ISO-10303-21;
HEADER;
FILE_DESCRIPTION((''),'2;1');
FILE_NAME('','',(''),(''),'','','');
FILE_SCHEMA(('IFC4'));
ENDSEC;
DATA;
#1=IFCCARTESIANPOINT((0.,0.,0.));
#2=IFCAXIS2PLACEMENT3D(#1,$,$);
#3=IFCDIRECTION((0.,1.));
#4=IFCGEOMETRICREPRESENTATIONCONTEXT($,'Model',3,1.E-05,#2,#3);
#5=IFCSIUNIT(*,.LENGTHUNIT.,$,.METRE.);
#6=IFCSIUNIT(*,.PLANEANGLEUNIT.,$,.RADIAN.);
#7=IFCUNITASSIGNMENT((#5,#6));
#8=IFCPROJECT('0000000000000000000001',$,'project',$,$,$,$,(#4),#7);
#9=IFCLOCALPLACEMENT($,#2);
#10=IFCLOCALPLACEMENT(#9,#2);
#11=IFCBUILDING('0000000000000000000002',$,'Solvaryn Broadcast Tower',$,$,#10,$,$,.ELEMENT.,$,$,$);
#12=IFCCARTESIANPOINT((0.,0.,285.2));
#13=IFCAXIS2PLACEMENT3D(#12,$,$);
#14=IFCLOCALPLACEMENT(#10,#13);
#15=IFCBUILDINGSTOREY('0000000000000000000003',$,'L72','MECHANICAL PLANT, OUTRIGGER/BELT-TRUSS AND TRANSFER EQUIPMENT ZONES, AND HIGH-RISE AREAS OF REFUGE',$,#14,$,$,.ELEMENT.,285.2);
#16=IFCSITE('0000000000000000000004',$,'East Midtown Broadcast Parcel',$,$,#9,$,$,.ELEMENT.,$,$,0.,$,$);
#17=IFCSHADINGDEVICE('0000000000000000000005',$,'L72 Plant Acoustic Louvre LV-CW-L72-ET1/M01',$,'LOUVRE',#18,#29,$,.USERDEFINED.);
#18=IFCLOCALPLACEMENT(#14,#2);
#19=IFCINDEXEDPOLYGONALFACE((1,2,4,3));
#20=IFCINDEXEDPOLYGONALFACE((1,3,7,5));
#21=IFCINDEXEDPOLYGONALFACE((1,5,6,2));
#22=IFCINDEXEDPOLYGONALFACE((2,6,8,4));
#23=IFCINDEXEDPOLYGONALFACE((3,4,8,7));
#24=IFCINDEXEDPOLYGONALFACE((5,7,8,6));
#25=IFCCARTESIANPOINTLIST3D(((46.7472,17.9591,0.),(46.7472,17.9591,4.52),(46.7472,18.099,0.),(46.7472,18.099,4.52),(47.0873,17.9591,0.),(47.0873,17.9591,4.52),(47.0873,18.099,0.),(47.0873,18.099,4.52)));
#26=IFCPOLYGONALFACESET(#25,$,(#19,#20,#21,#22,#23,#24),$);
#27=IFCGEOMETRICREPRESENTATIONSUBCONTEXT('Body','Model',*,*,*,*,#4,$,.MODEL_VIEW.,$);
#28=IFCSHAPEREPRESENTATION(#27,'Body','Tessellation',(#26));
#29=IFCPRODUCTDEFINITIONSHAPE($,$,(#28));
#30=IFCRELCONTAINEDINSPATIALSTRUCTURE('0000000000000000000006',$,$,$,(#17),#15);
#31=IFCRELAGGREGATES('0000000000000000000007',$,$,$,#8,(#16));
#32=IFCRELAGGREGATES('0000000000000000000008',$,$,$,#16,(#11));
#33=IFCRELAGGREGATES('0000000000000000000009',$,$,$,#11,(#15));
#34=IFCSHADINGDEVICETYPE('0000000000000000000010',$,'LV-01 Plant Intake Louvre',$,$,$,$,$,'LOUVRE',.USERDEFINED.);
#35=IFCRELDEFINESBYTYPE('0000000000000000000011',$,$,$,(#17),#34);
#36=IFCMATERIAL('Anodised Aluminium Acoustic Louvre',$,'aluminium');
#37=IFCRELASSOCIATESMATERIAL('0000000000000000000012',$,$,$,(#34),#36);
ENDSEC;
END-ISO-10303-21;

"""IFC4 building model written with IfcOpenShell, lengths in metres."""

from ifc_helpers import new_model, si_unit, direction, frame, origin, origin_2d, place, context, subcontext, project, spatial, rectangle, extrude, material, type_object, element, save


model = new_model("IFC4")

# Units and contexts
model_context = context("Model", 3, precision=1e-05, world=origin(), true_north=direction((0.0, 1.0)))
body_context = subcontext(model_context, "Body", "Model", "MODEL_VIEW")
ifc_project = project(units=[si_unit("LENGTHUNIT", "METRE"), si_unit("PLANEANGLEUNIT", "RADIAN")], contexts=[model_context])

# Site, building, storey
site_placement = place(None, origin())
site = spatial("IfcSite", under=ifc_project, at=site_placement, Name="East Midtown Broadcast Parcel", CompositionType="ELEMENT", RefElevation=0.0)
building_placement = place(site_placement, origin())
building = spatial("IfcBuilding", under=site, at=building_placement, Name="Solvaryn Broadcast Tower", CompositionType="ELEMENT")
storey_placement = place(building_placement, frame((0.0, 0.0, 285.2)))
storey = spatial("IfcBuildingStorey", under=building, at=storey_placement, Name="L72", Description="MECHANICAL PLANT, OUTRIGGER/BELT-TRUSS AND TRANSFER EQUIPMENT ZONES, AND HIGH-RISE AREAS OF REFUGE", CompositionType="ELEMENT", Elevation=285.2)

# Shading device
ifc_material_1 = material(Name="Anodised Aluminium Acoustic Louvre", Category="aluminium")
shading_device_type = type_object("IfcShadingDeviceType", Name="LV-01 Plant Intake Louvre", ElementType="LOUVRE", PredefinedType="USERDEFINED", material=ifc_material_1)
for number, where, z_axis, x_axis, name in (
    (1, (46.9172, 18.0291, 0.0), (0.0, 0.0, 1.0), (1.0, 0.0, 0.0), "L72 Plant Acoustic Louvre LV-CW-L72-ET1/M01"),
):
    element("IfcShadingDevice", number, at=place(storey_placement, frame(where, z_axis=z_axis, x_axis=x_axis)), inside=storey, type_object=shading_device_type, Name=name, ObjectType="LOUVRE", PredefinedType="USERDEFINED", context=body_context, shape_type="SweptSolid", body=[
        extrude(rectangle(XDim=0.3401, YDim=0.1399, at=origin_2d()), origin(), (0.0, 0.0, 1.0), 4.52),
    ])

save(model, "model.ifc")
